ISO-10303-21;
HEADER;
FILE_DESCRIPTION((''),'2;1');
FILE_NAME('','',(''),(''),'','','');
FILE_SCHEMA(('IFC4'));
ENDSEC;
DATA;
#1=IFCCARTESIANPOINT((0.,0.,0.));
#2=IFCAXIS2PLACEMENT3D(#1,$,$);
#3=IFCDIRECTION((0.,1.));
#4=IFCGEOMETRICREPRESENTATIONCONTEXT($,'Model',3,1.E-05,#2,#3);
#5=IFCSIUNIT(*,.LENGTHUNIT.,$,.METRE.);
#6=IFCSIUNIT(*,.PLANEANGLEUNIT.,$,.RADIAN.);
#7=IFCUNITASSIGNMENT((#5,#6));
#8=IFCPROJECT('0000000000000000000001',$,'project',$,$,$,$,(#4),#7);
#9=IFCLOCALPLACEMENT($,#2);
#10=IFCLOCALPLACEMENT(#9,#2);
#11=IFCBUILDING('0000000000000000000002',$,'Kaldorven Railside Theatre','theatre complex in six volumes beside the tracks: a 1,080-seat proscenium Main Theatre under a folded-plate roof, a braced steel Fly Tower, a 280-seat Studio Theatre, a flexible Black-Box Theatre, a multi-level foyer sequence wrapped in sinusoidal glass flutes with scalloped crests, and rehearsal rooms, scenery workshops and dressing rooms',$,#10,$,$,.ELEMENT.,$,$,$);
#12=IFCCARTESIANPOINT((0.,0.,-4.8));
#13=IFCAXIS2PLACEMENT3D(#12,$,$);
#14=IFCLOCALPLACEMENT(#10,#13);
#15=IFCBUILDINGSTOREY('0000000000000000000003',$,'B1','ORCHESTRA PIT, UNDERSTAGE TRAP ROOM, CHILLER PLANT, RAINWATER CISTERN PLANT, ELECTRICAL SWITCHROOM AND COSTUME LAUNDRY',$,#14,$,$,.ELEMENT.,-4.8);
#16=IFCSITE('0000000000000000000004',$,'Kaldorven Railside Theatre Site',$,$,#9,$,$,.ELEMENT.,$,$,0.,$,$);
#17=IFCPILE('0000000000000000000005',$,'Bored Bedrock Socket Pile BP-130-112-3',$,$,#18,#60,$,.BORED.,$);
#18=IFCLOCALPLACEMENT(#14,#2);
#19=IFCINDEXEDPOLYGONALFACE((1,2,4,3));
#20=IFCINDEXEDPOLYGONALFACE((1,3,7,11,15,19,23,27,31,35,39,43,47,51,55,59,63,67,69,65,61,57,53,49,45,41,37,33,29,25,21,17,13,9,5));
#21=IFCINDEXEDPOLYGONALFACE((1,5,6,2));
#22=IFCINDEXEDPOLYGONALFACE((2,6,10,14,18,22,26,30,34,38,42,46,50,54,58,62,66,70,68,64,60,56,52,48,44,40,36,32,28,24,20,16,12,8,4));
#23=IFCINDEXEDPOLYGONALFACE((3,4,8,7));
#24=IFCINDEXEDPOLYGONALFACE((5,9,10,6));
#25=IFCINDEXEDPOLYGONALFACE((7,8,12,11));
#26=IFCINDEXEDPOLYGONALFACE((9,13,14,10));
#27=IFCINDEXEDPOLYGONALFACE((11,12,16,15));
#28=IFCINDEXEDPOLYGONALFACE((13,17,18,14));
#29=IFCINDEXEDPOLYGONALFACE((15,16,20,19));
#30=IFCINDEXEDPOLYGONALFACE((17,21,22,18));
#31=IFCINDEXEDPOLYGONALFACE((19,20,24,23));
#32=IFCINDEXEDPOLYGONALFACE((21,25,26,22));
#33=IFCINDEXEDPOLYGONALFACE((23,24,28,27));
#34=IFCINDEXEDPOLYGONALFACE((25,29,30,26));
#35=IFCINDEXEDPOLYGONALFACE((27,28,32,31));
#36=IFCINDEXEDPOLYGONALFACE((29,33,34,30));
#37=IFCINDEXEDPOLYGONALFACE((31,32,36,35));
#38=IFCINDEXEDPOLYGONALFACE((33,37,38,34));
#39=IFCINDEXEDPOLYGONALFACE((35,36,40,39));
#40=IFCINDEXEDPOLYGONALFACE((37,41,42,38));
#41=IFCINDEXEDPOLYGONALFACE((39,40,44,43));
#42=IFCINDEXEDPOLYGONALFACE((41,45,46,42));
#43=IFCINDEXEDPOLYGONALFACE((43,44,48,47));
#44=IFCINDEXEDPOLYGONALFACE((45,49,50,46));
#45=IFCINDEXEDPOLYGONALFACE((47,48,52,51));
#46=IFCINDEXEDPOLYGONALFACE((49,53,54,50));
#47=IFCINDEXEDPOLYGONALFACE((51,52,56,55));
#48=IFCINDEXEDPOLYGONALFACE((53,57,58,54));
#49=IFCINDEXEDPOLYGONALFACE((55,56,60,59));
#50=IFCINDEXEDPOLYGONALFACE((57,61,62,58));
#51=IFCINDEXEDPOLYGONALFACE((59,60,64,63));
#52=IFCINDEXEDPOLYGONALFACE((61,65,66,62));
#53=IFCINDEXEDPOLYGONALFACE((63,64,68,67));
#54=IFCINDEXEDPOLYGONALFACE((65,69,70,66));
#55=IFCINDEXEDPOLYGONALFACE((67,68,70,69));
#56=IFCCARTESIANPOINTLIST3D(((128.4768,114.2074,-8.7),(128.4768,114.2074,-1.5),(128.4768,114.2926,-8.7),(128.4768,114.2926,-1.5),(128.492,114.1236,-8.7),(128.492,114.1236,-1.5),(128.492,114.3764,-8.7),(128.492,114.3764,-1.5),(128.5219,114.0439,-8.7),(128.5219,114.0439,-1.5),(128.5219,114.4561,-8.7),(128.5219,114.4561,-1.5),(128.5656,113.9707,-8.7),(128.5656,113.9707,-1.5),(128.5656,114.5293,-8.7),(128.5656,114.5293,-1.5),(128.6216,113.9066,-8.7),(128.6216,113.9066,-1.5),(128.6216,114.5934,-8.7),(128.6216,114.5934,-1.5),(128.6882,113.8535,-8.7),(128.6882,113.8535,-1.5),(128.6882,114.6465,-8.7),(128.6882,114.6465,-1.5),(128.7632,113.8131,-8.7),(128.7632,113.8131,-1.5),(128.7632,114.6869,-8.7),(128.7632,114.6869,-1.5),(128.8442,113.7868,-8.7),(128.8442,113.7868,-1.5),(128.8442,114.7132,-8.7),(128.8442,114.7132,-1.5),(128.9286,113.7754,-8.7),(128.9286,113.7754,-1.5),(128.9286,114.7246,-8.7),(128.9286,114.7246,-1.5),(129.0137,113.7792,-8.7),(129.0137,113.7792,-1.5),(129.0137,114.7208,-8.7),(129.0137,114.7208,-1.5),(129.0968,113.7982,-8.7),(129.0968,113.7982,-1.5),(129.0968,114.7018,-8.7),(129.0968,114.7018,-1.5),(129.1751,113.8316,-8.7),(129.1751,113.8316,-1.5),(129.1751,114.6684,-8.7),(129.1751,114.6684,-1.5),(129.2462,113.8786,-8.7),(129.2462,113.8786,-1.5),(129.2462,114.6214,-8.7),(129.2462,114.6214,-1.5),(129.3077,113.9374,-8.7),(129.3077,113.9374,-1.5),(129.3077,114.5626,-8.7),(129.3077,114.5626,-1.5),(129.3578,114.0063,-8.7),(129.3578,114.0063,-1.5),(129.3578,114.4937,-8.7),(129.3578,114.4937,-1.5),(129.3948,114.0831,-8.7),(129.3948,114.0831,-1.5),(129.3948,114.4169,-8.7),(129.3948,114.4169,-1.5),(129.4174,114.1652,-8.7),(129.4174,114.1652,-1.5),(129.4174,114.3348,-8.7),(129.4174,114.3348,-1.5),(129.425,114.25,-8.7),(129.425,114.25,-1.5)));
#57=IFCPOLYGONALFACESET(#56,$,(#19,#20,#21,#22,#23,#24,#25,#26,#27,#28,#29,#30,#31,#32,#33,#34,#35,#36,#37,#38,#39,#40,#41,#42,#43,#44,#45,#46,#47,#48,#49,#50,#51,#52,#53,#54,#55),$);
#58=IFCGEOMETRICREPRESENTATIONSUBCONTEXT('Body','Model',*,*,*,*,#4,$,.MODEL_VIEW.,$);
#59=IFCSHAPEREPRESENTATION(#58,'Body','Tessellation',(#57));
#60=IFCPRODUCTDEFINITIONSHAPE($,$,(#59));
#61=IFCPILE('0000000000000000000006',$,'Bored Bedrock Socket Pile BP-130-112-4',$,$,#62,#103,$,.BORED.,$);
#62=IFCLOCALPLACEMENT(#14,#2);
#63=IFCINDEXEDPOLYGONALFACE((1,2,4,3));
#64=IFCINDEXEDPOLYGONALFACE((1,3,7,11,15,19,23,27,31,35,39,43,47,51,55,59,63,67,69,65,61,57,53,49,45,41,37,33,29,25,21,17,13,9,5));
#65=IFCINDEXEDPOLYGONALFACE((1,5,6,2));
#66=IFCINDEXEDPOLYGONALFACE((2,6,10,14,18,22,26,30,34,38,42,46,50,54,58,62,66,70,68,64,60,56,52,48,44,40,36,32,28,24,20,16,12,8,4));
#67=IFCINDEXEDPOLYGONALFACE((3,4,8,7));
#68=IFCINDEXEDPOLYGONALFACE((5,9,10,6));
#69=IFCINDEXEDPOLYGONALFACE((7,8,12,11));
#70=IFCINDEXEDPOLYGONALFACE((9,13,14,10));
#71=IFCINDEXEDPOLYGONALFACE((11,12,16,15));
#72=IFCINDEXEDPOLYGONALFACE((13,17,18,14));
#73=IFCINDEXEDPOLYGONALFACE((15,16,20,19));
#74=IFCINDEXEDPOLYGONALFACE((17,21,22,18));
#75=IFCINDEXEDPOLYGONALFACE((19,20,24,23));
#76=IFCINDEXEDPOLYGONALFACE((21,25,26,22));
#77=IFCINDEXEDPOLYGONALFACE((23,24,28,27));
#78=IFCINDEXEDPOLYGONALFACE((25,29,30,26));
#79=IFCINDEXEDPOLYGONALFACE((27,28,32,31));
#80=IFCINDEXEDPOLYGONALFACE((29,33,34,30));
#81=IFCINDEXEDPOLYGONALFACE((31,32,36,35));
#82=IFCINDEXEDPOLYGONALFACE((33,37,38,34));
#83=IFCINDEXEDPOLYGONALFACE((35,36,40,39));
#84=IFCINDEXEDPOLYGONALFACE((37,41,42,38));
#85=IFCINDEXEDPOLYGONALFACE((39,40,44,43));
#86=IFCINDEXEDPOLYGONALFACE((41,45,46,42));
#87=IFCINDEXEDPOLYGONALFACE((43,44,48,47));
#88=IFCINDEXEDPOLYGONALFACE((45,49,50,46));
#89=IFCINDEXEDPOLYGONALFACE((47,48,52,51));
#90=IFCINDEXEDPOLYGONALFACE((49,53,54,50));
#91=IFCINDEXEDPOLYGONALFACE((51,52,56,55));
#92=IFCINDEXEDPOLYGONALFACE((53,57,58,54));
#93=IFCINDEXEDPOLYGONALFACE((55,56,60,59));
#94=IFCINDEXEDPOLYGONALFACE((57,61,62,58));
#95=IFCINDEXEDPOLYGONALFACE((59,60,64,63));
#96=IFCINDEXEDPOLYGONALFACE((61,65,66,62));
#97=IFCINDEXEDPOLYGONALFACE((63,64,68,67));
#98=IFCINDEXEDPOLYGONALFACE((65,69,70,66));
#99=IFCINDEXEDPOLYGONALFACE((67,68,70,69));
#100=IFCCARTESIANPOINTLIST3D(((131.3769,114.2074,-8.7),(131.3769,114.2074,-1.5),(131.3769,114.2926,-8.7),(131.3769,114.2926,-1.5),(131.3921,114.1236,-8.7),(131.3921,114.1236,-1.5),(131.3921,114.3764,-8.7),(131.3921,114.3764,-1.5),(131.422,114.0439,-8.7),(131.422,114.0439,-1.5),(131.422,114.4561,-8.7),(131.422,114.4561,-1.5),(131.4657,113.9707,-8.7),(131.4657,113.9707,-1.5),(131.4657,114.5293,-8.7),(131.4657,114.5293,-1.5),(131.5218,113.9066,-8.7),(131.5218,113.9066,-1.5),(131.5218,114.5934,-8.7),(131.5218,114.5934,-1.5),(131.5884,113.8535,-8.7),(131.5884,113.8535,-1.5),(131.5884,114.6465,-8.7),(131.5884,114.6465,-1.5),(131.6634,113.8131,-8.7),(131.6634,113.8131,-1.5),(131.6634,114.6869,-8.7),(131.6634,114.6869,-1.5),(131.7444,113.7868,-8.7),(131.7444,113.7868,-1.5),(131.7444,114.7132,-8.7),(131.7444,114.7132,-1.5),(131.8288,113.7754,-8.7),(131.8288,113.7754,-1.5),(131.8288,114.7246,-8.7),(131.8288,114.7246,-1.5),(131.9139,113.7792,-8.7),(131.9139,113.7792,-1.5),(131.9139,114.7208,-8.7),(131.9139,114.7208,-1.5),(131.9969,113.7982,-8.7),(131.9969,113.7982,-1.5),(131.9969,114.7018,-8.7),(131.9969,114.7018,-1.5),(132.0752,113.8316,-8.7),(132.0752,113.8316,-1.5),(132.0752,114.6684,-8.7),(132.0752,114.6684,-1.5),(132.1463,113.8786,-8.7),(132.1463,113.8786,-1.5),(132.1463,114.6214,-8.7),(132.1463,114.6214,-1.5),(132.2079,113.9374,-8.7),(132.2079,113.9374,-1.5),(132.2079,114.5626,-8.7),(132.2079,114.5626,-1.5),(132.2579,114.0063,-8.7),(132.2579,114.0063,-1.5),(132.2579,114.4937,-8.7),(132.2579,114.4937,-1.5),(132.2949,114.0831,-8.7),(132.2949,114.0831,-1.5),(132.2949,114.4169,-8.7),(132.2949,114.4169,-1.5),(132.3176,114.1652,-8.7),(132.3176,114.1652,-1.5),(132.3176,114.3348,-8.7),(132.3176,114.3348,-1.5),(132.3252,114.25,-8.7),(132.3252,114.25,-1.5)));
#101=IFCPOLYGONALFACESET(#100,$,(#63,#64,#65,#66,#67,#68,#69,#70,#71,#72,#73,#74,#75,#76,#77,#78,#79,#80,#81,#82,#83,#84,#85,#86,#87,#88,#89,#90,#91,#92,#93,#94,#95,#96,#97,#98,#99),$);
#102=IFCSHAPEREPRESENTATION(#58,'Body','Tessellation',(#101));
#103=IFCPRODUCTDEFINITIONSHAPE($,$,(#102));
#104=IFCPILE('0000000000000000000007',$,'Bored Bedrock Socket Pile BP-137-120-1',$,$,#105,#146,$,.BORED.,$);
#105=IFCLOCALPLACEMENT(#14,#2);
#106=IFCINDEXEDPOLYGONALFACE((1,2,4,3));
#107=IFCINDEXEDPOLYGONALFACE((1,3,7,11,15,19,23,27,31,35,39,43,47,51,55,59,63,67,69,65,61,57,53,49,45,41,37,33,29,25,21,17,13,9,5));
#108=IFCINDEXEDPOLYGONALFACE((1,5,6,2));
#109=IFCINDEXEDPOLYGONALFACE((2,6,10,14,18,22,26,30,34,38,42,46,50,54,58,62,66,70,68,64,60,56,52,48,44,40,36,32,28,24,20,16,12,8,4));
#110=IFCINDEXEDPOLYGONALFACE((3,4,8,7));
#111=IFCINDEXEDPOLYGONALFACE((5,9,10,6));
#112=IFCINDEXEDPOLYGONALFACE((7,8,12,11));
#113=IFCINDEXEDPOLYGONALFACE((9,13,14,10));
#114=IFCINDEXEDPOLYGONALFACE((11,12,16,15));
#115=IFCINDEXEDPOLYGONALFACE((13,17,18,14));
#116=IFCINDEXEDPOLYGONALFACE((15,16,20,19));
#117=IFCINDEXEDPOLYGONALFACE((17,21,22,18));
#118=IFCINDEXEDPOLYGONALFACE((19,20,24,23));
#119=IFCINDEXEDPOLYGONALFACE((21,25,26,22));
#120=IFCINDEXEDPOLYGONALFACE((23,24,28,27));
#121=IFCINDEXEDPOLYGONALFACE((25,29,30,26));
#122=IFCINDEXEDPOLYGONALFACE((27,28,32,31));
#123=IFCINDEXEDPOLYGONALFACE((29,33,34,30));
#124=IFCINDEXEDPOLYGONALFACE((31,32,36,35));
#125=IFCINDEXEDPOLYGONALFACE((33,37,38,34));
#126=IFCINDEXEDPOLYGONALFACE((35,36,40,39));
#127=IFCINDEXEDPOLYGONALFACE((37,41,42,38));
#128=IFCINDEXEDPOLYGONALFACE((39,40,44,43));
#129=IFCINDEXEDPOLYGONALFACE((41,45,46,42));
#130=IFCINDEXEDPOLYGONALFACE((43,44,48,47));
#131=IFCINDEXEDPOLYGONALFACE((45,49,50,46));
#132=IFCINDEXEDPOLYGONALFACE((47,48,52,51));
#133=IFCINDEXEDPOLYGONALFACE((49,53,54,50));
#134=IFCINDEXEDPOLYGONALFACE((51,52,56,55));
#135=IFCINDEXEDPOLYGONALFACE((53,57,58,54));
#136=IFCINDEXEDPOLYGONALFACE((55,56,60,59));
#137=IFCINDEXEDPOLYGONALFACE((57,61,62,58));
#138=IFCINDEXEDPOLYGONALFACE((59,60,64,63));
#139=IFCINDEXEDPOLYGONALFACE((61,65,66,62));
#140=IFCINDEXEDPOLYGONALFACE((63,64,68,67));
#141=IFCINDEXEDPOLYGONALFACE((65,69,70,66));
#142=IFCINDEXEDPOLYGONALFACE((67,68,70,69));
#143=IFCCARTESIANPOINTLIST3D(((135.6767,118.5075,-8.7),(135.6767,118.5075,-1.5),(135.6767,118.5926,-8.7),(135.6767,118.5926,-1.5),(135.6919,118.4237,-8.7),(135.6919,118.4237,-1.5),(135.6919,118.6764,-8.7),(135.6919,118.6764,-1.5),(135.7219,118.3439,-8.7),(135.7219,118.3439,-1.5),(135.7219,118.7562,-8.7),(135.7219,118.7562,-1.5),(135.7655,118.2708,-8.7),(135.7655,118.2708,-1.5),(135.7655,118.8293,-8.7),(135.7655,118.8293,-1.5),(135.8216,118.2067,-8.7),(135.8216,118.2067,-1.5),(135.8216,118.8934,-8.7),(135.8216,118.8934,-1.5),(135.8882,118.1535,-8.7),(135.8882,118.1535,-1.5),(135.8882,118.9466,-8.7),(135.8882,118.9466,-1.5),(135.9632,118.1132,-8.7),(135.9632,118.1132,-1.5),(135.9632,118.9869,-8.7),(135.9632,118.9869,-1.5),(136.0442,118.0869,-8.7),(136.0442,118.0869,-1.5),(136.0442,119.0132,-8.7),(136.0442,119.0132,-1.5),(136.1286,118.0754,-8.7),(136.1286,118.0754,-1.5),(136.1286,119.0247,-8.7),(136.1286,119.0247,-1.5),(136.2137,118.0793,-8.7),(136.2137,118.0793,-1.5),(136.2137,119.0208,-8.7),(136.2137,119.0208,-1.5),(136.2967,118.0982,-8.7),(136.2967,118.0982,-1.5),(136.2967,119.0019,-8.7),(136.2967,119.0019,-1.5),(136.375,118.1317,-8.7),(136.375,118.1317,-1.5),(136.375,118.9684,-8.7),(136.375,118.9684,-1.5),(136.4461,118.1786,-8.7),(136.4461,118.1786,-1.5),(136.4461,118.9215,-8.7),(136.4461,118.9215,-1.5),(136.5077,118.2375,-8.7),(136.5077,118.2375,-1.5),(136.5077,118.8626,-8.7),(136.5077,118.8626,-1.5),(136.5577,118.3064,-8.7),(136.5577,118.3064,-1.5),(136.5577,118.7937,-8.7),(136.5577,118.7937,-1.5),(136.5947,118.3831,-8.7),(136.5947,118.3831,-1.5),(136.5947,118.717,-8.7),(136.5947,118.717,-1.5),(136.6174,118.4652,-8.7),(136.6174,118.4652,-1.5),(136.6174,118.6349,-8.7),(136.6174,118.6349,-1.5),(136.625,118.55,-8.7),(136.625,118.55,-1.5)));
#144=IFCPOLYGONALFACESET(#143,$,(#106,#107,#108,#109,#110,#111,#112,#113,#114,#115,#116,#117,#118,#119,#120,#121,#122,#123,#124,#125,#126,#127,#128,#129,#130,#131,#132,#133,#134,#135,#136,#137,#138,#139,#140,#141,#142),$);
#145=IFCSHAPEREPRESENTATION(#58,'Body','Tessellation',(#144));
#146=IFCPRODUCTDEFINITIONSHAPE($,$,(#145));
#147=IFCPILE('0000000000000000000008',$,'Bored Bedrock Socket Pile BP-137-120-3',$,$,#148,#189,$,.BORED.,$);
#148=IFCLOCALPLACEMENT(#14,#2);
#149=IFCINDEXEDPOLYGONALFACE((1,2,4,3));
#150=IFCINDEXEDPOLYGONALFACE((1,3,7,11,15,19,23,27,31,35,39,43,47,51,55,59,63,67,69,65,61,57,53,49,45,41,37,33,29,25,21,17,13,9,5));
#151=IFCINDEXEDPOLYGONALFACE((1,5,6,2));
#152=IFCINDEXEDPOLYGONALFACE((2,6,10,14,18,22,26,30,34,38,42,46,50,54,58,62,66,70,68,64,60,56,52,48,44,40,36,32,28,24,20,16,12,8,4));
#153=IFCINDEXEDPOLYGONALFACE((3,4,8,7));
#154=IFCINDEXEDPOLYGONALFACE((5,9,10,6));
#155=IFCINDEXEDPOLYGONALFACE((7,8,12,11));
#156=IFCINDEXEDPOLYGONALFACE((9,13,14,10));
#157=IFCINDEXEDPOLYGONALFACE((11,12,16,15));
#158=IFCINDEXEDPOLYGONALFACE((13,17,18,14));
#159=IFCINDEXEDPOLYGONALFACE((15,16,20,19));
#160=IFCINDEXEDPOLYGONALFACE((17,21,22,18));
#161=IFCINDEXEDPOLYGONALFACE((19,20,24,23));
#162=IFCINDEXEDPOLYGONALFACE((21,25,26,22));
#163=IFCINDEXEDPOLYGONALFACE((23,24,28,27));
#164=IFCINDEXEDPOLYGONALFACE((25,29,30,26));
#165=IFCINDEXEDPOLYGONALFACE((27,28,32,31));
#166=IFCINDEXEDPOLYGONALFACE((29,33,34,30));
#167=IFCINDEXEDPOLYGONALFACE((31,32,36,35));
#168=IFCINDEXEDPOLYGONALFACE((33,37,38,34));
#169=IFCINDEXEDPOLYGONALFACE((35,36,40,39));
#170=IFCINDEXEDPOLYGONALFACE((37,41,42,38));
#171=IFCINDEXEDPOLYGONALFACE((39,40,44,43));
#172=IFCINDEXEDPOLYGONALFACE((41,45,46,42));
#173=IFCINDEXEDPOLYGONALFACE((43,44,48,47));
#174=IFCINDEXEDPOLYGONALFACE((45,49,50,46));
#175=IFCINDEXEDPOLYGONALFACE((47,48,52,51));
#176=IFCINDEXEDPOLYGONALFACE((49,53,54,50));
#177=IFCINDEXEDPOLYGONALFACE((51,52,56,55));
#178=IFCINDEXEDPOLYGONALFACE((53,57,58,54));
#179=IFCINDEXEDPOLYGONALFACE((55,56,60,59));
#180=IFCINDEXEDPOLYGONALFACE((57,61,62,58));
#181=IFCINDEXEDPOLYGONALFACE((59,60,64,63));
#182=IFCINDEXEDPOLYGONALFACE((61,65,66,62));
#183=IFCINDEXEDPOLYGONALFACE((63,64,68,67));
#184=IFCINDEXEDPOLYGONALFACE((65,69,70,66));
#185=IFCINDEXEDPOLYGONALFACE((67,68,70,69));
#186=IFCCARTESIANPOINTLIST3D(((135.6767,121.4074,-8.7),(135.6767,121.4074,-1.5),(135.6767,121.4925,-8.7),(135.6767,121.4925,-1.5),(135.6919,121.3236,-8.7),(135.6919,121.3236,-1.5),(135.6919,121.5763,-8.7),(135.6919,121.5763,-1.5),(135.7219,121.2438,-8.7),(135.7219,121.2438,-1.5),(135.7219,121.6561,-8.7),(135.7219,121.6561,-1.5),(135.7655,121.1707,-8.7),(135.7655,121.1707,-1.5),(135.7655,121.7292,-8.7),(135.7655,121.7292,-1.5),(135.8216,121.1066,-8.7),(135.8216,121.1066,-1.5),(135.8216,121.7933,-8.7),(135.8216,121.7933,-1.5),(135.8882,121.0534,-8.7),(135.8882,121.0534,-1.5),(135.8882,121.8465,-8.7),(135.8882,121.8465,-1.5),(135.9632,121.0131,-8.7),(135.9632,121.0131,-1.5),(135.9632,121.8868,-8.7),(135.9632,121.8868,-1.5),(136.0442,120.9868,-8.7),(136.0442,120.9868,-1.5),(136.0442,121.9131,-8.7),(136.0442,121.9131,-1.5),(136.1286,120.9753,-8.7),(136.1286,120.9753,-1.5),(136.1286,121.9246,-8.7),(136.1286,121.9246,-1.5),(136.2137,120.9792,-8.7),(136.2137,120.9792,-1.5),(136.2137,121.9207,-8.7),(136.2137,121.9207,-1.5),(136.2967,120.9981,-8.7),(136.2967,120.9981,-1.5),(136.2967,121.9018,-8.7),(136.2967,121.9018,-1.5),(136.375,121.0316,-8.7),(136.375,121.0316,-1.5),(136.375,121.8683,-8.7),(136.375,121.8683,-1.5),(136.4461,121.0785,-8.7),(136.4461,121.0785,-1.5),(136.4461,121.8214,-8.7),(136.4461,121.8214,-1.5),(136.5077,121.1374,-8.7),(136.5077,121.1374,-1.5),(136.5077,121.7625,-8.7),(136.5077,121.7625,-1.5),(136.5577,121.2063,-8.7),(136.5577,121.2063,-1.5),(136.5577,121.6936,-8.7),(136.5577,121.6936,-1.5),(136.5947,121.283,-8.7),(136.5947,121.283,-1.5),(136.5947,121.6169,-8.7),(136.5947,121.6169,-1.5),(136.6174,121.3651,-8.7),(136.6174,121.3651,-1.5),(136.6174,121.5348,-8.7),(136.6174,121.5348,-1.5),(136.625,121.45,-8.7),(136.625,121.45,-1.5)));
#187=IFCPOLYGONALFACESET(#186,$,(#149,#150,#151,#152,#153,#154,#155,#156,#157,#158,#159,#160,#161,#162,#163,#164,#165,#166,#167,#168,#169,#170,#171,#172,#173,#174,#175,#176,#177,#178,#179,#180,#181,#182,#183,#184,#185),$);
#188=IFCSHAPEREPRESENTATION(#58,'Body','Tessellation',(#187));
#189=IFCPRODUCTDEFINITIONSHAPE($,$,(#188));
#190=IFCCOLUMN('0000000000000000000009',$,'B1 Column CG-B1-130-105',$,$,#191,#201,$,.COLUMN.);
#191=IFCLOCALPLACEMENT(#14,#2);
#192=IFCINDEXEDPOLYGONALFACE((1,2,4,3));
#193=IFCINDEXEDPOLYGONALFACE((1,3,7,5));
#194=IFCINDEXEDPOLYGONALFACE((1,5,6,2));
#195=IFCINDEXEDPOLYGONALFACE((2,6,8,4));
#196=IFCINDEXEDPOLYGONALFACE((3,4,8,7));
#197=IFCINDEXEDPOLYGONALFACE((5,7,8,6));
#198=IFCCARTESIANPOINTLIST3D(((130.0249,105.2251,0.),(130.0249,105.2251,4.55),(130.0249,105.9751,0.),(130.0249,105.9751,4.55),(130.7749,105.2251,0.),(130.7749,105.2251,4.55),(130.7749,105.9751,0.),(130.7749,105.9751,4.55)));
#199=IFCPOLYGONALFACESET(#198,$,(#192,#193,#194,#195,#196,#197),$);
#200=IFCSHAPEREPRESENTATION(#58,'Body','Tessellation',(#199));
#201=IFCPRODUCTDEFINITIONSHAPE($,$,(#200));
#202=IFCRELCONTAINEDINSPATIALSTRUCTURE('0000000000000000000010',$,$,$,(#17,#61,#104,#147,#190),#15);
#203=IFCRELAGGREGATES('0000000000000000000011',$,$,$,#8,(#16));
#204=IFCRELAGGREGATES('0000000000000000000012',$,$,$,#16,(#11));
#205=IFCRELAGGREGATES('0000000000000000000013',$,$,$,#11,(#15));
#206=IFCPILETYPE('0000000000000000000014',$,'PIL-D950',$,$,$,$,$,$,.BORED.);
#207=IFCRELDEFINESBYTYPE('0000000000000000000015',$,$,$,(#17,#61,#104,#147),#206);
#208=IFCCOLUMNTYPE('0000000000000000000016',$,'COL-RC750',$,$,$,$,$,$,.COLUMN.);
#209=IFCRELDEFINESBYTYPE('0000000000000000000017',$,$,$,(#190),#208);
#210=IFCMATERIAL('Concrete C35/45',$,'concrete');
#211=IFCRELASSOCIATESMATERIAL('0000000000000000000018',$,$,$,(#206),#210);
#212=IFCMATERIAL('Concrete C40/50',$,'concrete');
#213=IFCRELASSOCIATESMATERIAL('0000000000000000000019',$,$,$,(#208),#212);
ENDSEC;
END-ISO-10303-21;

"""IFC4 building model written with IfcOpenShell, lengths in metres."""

from ifc_helpers import new_model, si_unit, direction, frame, origin, origin_2d, place, context, subcontext, project, spatial, rectangle, circle, extrude, material, material_profile, profile_set, type_object, element, save


model = new_model("IFC4")

# Units and contexts
model_context = context("Model", 3, precision=1e-05, world=origin(), true_north=direction((0.0, 1.0)))
body_context = subcontext(model_context, "Body", "Model", "MODEL_VIEW")
ifc_project = project(units=[si_unit("LENGTHUNIT", "METRE"), si_unit("PLANEANGLEUNIT", "RADIAN")], contexts=[model_context])

# Site, building, storey
site_placement = place(None, origin())
site = spatial("IfcSite", under=ifc_project, at=site_placement, Name="Kaldorven Railside Theatre Site", CompositionType="ELEMENT", RefElevation=0.0)
building_placement = place(site_placement, origin())
building = spatial("IfcBuilding", under=site, at=building_placement, Name="Kaldorven Railside Theatre", Description="theatre complex in six volumes beside the tracks: a 1,080-seat proscenium Main Theatre under a folded-plate roof, a braced steel Fly Tower, a 280-seat Studio Theatre, a flexible Black-Box Theatre, a multi-level foyer sequence wrapped in sinusoidal glass flutes with scalloped crests, and rehearsal rooms, scenery workshops and dressing rooms", CompositionType="ELEMENT")
storey_placement = place(building_placement, frame((0.0, 0.0, -4.8)))
storey = spatial("IfcBuildingStorey", under=building, at=storey_placement, Name="B1", Description="ORCHESTRA PIT, UNDERSTAGE TRAP ROOM, CHILLER PLANT, RAINWATER CISTERN PLANT, ELECTRICAL SWITCHROOM AND COSTUME LAUNDRY", CompositionType="ELEMENT", Elevation=-4.8)

# Shared definitions
ifc_material_1 = material(Name="Concrete C40/50", Category="concrete")

# Piles
ifc_material_2 = material(Name="Concrete C35/45", Category="concrete")
ifc_material_profile_1 = material_profile(ifc_material_2, circle(Radius=0.4751, at=origin_2d()), Name="BP D950")
ifc_profile_set_1 = profile_set([ifc_material_profile_1], Name="Concrete C35/45")
pile_type_1 = type_object("IfcPileType", Name="PIL-D950", PredefinedType="BORED", material=ifc_profile_set_1)
for number, where, z_axis, x_axis, name in (
    (1, (128.95, 114.25, -1.5), (0.0, 0.0, -1.0), (1.0, 0.0, 0.0), "Bored Bedrock Socket Pile BP-130-112-3"),
    (2, (131.8501, 114.25, -1.5), (0.0, 0.0, -1.0), (1.0, 0.0, 0.0), "Bored Bedrock Socket Pile BP-130-112-4"),
    (3, (136.1499, 118.55, -1.5), (0.0, 0.0, -1.0), (1.0, 0.0, 0.0), "Bored Bedrock Socket Pile BP-137-120-1"),
    (4, (136.1499, 121.45, -1.5), (0.0, 0.0, -1.0), (1.0, 0.0, 0.0), "Bored Bedrock Socket Pile BP-137-120-3"),
):
    element("IfcPile", number, at=place(storey_placement, frame(where, z_axis=z_axis, x_axis=x_axis)), inside=storey, type_object=pile_type_1, Name=name, PredefinedType="BORED", context=body_context, shape_type="SweptSolid", body=[
        extrude(circle(Radius=0.4751, at=origin_2d()), origin(), (0.0, 0.0, 1.0), 7.2),
    ])

# Column
ifc_material_profile_2 = material_profile(ifc_material_1, rectangle(XDim=0.75, YDim=0.75, at=origin_2d()), Name="RC 750x750")
ifc_profile_set_2 = profile_set([ifc_material_profile_2], Name="Concrete C40/50")
column_type = type_object("IfcColumnType", Name="COL-RC750", PredefinedType="COLUMN", material=ifc_profile_set_2)
column_placement = place(storey_placement, frame((130.3999, 105.6001, 0.0), z_axis=(0.0, 0.0, 1.0), x_axis=(1.0, 0.0, 0.0)))
element("IfcColumn", 5, at=column_placement, inside=storey, type_object=column_type, Name="B1 Column CG-B1-130-105", PredefinedType="COLUMN", context=body_context, shape_type="SweptSolid", body=[
    extrude(rectangle(XDim=0.75, YDim=0.75, at=origin_2d()), origin(), (0.0, 0.0, 1.0), 4.55),
])

save(model, "model.ifc")
